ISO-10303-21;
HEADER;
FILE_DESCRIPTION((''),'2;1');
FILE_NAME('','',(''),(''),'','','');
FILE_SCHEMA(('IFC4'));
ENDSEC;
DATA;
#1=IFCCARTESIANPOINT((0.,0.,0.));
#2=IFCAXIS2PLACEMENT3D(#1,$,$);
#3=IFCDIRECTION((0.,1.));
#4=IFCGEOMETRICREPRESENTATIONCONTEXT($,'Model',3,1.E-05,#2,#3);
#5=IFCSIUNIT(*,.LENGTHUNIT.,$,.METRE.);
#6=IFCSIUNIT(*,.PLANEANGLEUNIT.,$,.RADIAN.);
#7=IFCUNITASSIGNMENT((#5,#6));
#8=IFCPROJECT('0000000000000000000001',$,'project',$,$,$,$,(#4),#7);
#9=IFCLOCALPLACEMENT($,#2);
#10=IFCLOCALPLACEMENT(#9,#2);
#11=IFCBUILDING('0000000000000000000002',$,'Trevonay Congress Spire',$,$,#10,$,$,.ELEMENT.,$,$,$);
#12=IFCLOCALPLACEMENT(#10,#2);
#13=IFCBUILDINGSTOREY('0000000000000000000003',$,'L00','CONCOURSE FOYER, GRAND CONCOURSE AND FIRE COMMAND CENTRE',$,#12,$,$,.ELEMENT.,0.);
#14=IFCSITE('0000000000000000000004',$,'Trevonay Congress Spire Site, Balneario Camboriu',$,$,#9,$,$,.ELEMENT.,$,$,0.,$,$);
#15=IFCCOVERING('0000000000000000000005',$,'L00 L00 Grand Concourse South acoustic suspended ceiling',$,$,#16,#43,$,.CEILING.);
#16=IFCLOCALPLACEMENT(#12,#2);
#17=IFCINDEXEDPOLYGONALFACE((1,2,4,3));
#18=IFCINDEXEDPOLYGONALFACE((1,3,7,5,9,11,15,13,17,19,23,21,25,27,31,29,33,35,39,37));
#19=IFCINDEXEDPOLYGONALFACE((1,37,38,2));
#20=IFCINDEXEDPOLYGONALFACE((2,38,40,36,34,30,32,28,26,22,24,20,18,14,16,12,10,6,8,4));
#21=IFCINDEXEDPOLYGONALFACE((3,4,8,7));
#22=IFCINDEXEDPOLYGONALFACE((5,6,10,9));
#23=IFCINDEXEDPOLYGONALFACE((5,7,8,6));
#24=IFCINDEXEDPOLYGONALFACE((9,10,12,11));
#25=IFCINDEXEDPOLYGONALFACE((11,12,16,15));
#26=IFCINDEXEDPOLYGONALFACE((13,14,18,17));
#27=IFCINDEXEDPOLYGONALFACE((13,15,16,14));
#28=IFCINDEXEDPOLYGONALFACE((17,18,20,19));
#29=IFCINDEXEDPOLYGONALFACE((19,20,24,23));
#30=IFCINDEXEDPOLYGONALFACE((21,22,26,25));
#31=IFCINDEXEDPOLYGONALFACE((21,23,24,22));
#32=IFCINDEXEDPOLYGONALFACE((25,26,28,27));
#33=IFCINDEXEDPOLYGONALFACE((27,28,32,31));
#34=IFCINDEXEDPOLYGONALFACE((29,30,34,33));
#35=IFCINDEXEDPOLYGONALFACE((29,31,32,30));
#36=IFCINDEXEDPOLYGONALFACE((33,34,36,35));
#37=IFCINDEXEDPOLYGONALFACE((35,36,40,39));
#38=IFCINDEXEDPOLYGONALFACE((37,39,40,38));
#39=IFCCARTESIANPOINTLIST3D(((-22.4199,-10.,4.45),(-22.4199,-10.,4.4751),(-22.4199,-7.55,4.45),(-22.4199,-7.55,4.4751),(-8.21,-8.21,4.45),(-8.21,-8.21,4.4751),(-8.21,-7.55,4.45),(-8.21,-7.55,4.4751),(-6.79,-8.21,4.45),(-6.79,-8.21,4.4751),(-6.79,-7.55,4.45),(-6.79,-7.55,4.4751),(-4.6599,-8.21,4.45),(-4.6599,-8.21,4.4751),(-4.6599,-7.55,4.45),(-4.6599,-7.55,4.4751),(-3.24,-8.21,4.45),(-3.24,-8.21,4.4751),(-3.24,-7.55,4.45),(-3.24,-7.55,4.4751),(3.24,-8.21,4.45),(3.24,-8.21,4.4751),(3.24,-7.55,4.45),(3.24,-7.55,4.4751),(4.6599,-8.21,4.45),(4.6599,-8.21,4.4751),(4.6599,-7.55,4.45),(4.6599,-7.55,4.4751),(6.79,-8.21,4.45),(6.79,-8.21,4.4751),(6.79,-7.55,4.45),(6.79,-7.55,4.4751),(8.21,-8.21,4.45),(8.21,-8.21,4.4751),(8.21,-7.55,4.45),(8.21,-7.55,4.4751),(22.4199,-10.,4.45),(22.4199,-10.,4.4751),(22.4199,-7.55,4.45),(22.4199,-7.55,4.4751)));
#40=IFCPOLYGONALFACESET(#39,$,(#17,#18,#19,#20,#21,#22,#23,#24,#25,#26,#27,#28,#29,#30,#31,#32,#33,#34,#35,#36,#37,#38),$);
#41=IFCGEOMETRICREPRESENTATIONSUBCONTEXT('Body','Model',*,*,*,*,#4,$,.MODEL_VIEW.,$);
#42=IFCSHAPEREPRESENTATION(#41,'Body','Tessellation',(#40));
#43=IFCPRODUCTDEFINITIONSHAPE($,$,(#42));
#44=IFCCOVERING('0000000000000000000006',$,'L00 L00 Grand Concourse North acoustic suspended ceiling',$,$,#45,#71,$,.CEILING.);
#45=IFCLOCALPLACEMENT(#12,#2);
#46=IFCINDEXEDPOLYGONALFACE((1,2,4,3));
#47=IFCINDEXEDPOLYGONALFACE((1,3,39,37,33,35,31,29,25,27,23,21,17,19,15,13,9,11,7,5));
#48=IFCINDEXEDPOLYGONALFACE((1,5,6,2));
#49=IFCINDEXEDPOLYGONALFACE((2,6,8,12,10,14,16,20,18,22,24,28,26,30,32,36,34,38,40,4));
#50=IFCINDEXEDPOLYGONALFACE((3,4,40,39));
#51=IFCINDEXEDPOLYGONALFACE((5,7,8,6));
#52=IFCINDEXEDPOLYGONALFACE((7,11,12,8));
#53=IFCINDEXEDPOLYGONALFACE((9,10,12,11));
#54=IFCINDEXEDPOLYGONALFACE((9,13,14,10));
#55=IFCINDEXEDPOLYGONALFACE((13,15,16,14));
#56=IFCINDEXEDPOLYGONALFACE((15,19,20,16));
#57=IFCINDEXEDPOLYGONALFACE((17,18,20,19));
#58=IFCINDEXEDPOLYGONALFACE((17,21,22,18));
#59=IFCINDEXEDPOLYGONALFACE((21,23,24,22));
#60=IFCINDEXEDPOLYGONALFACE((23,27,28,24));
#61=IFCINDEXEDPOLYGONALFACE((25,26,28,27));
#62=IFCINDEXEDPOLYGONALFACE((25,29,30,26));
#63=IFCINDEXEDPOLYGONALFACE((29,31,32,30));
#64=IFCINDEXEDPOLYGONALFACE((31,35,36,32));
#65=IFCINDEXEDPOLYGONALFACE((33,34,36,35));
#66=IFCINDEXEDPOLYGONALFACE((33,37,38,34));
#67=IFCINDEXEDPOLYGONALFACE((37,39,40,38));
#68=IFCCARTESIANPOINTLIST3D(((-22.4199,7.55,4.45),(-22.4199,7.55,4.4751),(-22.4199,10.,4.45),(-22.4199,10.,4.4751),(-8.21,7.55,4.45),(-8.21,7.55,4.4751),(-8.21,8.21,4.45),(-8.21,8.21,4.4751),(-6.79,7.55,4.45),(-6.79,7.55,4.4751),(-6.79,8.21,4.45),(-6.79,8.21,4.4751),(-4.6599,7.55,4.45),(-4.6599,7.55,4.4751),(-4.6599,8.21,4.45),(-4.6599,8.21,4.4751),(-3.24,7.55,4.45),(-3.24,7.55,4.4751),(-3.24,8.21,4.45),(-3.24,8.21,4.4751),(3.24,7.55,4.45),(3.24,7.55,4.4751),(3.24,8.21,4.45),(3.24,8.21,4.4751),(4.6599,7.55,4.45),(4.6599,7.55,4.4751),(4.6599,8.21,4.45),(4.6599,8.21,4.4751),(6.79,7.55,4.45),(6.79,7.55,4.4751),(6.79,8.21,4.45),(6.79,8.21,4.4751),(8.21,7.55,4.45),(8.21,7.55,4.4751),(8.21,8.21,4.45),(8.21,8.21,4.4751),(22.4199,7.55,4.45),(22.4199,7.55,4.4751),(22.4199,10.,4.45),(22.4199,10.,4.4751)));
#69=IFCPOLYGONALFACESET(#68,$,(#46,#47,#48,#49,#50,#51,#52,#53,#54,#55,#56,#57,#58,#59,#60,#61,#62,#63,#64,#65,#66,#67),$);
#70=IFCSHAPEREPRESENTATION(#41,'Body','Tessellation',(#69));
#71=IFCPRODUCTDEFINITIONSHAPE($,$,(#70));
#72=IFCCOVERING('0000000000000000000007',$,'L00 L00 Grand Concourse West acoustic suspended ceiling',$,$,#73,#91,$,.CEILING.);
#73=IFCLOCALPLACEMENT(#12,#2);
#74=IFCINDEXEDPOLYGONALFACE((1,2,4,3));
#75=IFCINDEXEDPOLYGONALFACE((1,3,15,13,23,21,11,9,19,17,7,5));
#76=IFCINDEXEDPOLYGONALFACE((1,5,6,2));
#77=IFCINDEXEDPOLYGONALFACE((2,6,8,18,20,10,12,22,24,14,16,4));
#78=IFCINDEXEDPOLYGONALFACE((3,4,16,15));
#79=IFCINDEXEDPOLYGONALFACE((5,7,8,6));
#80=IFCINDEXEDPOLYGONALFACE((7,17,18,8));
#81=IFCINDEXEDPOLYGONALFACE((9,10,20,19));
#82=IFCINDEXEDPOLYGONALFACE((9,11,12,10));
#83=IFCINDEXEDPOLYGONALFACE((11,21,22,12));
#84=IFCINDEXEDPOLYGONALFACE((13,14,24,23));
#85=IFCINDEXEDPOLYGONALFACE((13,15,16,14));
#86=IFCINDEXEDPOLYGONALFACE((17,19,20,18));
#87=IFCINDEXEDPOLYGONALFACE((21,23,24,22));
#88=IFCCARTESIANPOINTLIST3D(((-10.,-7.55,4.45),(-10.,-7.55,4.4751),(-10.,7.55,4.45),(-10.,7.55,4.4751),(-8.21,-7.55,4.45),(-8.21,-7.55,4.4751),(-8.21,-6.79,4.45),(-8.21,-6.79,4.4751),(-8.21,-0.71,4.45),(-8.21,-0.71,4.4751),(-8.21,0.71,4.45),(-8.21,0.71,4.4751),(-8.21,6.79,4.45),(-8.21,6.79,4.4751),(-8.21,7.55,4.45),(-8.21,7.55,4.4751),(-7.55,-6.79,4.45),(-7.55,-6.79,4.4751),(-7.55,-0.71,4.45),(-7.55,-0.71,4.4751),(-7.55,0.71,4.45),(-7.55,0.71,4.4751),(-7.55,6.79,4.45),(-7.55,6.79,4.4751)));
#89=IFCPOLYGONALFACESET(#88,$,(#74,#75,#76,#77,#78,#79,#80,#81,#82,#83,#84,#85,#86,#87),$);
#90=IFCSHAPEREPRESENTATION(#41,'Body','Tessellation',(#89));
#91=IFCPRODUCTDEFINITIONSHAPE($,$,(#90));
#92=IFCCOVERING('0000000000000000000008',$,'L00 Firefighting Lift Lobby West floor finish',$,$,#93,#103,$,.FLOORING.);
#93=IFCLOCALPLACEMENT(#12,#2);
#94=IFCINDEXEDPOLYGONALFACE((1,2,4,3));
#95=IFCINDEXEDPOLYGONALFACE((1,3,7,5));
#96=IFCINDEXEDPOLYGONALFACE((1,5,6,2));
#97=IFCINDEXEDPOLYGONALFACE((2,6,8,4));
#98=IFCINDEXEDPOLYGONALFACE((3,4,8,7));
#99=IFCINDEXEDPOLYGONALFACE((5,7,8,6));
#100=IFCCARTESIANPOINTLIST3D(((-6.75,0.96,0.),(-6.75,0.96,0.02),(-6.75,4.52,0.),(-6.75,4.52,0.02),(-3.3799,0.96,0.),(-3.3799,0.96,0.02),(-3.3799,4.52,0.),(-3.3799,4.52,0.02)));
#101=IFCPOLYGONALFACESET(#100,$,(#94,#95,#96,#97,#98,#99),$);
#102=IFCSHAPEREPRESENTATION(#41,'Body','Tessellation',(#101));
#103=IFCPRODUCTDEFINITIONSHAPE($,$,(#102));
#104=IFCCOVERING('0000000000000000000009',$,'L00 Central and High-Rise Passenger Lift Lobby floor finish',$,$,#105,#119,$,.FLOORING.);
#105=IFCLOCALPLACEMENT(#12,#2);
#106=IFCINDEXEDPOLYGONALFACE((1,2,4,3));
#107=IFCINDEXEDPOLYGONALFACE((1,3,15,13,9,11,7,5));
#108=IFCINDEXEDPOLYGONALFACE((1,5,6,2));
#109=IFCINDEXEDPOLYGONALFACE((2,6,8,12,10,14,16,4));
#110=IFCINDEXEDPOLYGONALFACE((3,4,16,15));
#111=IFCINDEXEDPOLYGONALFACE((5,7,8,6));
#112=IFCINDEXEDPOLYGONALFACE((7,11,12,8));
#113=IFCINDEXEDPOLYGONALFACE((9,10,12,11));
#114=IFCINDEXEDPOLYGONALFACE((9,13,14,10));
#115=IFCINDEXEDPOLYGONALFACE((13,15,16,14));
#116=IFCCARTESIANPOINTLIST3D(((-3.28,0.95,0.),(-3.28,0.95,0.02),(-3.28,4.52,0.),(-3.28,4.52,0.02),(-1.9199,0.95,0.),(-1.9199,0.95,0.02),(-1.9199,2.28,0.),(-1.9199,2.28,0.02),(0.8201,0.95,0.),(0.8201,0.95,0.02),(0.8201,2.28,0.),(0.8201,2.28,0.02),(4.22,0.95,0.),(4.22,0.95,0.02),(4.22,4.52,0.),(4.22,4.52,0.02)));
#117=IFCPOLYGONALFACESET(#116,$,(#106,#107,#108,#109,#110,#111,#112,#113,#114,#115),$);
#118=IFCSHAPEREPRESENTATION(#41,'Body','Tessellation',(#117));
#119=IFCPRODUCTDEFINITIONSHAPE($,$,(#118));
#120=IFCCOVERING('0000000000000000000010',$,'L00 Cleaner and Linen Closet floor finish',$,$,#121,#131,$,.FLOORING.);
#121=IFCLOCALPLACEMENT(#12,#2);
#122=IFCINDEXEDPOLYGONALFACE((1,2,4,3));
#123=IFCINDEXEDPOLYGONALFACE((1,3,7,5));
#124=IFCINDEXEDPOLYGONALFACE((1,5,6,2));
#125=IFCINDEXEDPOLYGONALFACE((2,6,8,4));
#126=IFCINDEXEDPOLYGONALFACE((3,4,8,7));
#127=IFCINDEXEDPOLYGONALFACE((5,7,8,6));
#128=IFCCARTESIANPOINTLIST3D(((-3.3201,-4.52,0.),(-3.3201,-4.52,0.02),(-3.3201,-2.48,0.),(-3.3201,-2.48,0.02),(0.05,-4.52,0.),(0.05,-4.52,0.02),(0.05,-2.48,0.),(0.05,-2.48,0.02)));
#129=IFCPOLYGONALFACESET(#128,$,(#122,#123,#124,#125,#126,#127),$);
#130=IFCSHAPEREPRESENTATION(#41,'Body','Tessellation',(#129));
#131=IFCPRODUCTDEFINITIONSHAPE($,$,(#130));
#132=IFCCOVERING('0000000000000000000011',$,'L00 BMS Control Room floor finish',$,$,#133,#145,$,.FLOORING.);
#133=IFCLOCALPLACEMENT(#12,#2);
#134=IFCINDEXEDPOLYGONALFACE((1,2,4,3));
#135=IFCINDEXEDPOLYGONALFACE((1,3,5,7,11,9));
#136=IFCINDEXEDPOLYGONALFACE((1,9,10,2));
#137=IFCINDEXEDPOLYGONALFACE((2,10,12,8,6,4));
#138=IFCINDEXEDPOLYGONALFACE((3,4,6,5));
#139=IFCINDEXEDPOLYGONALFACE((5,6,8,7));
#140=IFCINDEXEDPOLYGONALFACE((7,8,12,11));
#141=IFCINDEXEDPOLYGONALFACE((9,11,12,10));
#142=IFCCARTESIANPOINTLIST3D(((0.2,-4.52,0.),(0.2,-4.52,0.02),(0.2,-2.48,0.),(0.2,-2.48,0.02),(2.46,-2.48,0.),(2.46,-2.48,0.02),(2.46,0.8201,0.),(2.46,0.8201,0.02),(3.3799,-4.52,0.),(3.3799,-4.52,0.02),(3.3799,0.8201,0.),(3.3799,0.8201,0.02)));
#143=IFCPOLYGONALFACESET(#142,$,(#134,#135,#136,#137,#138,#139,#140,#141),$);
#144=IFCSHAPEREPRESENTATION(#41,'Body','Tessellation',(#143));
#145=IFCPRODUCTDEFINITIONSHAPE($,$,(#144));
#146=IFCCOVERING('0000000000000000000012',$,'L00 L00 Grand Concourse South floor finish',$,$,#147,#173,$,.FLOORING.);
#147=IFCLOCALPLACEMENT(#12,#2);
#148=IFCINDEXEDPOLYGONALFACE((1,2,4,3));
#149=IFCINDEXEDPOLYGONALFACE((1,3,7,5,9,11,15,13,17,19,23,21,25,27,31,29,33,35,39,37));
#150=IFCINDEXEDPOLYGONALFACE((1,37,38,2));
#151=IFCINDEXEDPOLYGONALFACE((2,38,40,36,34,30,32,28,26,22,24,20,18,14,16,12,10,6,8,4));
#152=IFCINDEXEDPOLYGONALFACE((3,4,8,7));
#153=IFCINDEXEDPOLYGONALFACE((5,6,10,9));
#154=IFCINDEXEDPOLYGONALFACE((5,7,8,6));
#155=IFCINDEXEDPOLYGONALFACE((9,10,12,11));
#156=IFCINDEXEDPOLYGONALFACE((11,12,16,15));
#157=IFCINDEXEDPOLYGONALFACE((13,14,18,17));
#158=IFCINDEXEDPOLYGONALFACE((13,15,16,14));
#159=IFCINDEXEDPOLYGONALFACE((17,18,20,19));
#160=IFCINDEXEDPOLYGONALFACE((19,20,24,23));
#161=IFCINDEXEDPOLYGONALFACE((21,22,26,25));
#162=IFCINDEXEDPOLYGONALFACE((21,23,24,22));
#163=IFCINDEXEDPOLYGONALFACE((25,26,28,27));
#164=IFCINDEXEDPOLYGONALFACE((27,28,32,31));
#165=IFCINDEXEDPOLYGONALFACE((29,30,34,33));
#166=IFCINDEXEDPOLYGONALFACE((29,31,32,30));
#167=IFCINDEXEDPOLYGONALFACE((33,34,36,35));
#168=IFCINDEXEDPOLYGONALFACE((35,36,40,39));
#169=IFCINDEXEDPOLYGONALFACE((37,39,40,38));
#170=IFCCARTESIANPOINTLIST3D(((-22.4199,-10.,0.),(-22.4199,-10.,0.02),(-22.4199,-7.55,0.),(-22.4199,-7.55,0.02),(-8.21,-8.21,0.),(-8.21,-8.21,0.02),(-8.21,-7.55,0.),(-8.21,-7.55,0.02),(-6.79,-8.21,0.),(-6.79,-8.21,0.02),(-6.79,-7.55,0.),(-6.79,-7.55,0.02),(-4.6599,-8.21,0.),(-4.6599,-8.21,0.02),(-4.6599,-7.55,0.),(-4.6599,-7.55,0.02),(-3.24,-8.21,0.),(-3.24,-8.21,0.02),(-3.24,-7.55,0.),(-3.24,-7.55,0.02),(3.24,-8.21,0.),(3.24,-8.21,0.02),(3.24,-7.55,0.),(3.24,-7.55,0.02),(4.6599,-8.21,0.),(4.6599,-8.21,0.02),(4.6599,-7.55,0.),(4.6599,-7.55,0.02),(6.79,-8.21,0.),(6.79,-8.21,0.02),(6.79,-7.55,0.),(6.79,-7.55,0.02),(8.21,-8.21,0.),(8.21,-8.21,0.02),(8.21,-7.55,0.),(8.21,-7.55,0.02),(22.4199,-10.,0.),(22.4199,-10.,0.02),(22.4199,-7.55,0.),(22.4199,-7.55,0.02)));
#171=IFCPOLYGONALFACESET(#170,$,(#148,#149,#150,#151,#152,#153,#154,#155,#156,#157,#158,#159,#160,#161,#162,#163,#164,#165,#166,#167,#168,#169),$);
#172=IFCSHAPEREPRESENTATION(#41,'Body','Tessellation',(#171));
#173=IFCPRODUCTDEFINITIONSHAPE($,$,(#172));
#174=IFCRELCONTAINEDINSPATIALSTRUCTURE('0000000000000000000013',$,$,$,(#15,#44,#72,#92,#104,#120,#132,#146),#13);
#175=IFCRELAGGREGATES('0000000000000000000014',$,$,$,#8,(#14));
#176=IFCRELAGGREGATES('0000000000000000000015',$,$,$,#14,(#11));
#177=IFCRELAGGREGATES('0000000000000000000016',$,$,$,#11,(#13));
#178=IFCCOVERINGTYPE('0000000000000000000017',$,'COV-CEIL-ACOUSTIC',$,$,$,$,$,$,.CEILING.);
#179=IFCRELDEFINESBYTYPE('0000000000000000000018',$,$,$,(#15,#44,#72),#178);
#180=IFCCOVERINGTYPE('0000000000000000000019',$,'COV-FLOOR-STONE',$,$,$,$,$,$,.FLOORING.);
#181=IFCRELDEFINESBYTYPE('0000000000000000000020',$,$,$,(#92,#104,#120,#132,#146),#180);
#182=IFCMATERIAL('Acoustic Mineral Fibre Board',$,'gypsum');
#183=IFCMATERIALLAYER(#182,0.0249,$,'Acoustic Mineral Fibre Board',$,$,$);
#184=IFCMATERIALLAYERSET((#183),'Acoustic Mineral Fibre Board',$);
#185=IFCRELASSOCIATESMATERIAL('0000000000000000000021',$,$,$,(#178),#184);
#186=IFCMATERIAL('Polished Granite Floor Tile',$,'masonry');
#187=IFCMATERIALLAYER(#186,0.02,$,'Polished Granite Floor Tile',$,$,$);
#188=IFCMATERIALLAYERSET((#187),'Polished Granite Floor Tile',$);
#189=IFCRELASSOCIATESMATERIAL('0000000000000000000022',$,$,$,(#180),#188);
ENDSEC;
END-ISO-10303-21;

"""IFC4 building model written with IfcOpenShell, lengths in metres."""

from ifc_helpers import new_model, si_unit, direction, frame, origin, place, context, subcontext, project, spatial, polyline, outline, extrude, material, layer, layer_set, type_object, element, save


model = new_model("IFC4")

# Units and contexts
model_context = context("Model", 3, precision=1e-05, world=origin(), true_north=direction((0.0, 1.0)))
body_context = subcontext(model_context, "Body", "Model", "MODEL_VIEW")
ifc_project = project(units=[si_unit("LENGTHUNIT", "METRE"), si_unit("PLANEANGLEUNIT", "RADIAN")], contexts=[model_context])

# Site, building, storey
site_placement = place(None, origin())
site = spatial("IfcSite", under=ifc_project, at=site_placement, Name="Trevonay Congress Spire Site, Balneario Camboriu", CompositionType="ELEMENT", RefElevation=0.0)
building_placement = place(site_placement, origin())
building = spatial("IfcBuilding", under=site, at=building_placement, Name="Trevonay Congress Spire", CompositionType="ELEMENT")
storey_placement = place(building_placement, origin())
storey = spatial("IfcBuildingStorey", under=building, at=storey_placement, Name="L00", Description="CONCOURSE FOYER, GRAND CONCOURSE AND FIRE COMMAND CENTRE", CompositionType="ELEMENT", Elevation=0.0)

# Coverings
ifc_material_1 = material(Name="Acoustic Mineral Fibre Board", Category="gypsum")
ifc_layer_1 = layer(ifc_material_1, 0.0249, Name="Acoustic Mineral Fibre Board")
ifc_layer_set_1 = layer_set([ifc_layer_1], Name="Acoustic Mineral Fibre Board")
covering_type_1 = type_object("IfcCoveringType", Name="COV-CEIL-ACOUSTIC", PredefinedType="CEILING", material=ifc_layer_set_1)
covering_1_placement = place(storey_placement, frame((0.0, 0.0, 4.45)))
element("IfcCovering", 1, at=covering_1_placement, inside=storey, type_object=covering_type_1, Name="L00 L00 Grand Concourse South acoustic suspended ceiling", PredefinedType="CEILING", context=body_context, shape_type="SweptSolid", body=[
    extrude(outline(polyline([(22.4199, -7.55), (22.4199, -10.0), (-22.4199, -10.0), (-22.4199, -7.55), (-8.21, -7.55), (-8.21, -8.21), (-6.79, -8.21), (-6.79, -7.55), (-4.6599, -7.55), (-4.6599, -8.21), (-3.24, -8.21), (-3.24, -7.55), (3.24, -7.55), (3.24, -8.21), (4.6599, -8.21), (4.6599, -7.55), (6.79, -7.55), (6.79, -8.21), (8.21, -8.21), (8.21, -7.55), (22.4199, -7.55)])), origin(), (0.0, 0.0, 1.0), 0.0251),
])
covering_2_placement = place(storey_placement, frame((0.0, 0.0, 4.45)))
element("IfcCovering", 2, at=covering_2_placement, inside=storey, type_object=covering_type_1, Name="L00 L00 Grand Concourse North acoustic suspended ceiling", PredefinedType="CEILING", context=body_context, shape_type="SweptSolid", body=[
    extrude(outline(polyline([(-22.4199, 7.55), (-22.4199, 10.0), (22.4199, 10.0), (22.4199, 7.55), (8.21, 7.55), (8.21, 8.21), (6.79, 8.21), (6.79, 7.55), (4.6599, 7.55), (4.6599, 8.21), (3.24, 8.21), (3.24, 7.55), (-3.24, 7.55), (-3.24, 8.21), (-4.6599, 8.21), (-4.6599, 7.55), (-6.79, 7.55), (-6.79, 8.21), (-8.21, 8.21), (-8.21, 7.55), (-22.4199, 7.55)])), origin(), (0.0, 0.0, 1.0), 0.0251),
])
covering_3_placement = place(storey_placement, frame((0.0, 0.0, 4.45)))
element("IfcCovering", 3, at=covering_3_placement, inside=storey, type_object=covering_type_1, Name="L00 L00 Grand Concourse West acoustic suspended ceiling", PredefinedType="CEILING", context=body_context, shape_type="SweptSolid", body=[
    extrude(outline(polyline([(-10.0, 7.55), (-8.21, 7.55), (-8.21, 6.79), (-7.55, 6.79), (-7.55, 0.71), (-8.21, 0.71), (-8.21, -0.71), (-7.55, -0.71), (-7.55, -6.79), (-8.21, -6.79), (-8.21, -7.55), (-10.0, -7.55), (-10.0, 7.55)])), origin(), (0.0, 0.0, 1.0), 0.0251),
])
ifc_material_2 = material(Name="Polished Granite Floor Tile", Category="masonry")
ifc_layer_2 = layer(ifc_material_2, 0.02, Name="Polished Granite Floor Tile")
ifc_layer_set_2 = layer_set([ifc_layer_2], Name="Polished Granite Floor Tile")
covering_type_2 = type_object("IfcCoveringType", Name="COV-FLOOR-STONE", PredefinedType="FLOORING", material=ifc_layer_set_2)
covering_4_placement = place(storey_placement, origin())
element("IfcCovering", 4, at=covering_4_placement, inside=storey, type_object=covering_type_2, Name="L00 Firefighting Lift Lobby West floor finish", PredefinedType="FLOORING", context=body_context, shape_type="SweptSolid", body=[
    extrude(outline(polyline([(-6.75, 0.96), (-3.3799, 0.96), (-3.3799, 4.52), (-6.75, 4.52), (-6.75, 0.96)])), origin(), (0.0, 0.0, 1.0), 0.02),
])
covering_5_placement = place(storey_placement, origin())
element("IfcCovering", 5, at=covering_5_placement, inside=storey, type_object=covering_type_2, Name="L00 Central and High-Rise Passenger Lift Lobby floor finish", PredefinedType="FLOORING", context=body_context, shape_type="SweptSolid", body=[
    extrude(outline(polyline([(-3.28, 0.95), (-1.9199, 0.95), (-1.9199, 2.28), (0.8201, 2.28), (0.8201, 0.95), (4.22, 0.95), (4.22, 4.52), (-3.28, 4.52), (-3.28, 0.95)])), origin(), (0.0, 0.0, 1.0), 0.02),
])
covering_6_placement = place(storey_placement, origin())
element("IfcCovering", 6, at=covering_6_placement, inside=storey, type_object=covering_type_2, Name="L00 Cleaner and Linen Closet floor finish", PredefinedType="FLOORING", context=body_context, shape_type="SweptSolid", body=[
    extrude(outline(polyline([(-3.3201, -4.52), (0.05, -4.52), (0.05, -2.48), (-3.3201, -2.48), (-3.3201, -4.52)])), origin(), (0.0, 0.0, 1.0), 0.02),
])
covering_7_placement = place(storey_placement, origin())
element("IfcCovering", 7, at=covering_7_placement, inside=storey, type_object=covering_type_2, Name="L00 BMS Control Room floor finish", PredefinedType="FLOORING", context=body_context, shape_type="SweptSolid", body=[
    extrude(outline(polyline([(0.2, -4.52), (3.3799, -4.52), (3.3799, 0.8201), (2.46, 0.8201), (2.46, -2.48), (0.2, -2.48), (0.2, -4.52)])), origin(), (0.0, 0.0, 1.0), 0.02),
])
covering_8_placement = place(storey_placement, origin())
element("IfcCovering", 8, at=covering_8_placement, inside=storey, type_object=covering_type_2, Name="L00 L00 Grand Concourse South floor finish", PredefinedType="FLOORING", context=body_context, shape_type="SweptSolid", body=[
    extrude(outline(polyline([(22.4199, -7.55), (22.4199, -10.0), (-22.4199, -10.0), (-22.4199, -7.55), (-8.21, -7.55), (-8.21, -8.21), (-6.79, -8.21), (-6.79, -7.55), (-4.6599, -7.55), (-4.6599, -8.21), (-3.24, -8.21), (-3.24, -7.55), (3.24, -7.55), (3.24, -8.21), (4.6599, -8.21), (4.6599, -7.55), (6.79, -7.55), (6.79, -8.21), (8.21, -8.21), (8.21, -7.55), (22.4199, -7.55)])), origin(), (0.0, 0.0, 1.0), 0.02),
])

save(model, "model.ifc")
